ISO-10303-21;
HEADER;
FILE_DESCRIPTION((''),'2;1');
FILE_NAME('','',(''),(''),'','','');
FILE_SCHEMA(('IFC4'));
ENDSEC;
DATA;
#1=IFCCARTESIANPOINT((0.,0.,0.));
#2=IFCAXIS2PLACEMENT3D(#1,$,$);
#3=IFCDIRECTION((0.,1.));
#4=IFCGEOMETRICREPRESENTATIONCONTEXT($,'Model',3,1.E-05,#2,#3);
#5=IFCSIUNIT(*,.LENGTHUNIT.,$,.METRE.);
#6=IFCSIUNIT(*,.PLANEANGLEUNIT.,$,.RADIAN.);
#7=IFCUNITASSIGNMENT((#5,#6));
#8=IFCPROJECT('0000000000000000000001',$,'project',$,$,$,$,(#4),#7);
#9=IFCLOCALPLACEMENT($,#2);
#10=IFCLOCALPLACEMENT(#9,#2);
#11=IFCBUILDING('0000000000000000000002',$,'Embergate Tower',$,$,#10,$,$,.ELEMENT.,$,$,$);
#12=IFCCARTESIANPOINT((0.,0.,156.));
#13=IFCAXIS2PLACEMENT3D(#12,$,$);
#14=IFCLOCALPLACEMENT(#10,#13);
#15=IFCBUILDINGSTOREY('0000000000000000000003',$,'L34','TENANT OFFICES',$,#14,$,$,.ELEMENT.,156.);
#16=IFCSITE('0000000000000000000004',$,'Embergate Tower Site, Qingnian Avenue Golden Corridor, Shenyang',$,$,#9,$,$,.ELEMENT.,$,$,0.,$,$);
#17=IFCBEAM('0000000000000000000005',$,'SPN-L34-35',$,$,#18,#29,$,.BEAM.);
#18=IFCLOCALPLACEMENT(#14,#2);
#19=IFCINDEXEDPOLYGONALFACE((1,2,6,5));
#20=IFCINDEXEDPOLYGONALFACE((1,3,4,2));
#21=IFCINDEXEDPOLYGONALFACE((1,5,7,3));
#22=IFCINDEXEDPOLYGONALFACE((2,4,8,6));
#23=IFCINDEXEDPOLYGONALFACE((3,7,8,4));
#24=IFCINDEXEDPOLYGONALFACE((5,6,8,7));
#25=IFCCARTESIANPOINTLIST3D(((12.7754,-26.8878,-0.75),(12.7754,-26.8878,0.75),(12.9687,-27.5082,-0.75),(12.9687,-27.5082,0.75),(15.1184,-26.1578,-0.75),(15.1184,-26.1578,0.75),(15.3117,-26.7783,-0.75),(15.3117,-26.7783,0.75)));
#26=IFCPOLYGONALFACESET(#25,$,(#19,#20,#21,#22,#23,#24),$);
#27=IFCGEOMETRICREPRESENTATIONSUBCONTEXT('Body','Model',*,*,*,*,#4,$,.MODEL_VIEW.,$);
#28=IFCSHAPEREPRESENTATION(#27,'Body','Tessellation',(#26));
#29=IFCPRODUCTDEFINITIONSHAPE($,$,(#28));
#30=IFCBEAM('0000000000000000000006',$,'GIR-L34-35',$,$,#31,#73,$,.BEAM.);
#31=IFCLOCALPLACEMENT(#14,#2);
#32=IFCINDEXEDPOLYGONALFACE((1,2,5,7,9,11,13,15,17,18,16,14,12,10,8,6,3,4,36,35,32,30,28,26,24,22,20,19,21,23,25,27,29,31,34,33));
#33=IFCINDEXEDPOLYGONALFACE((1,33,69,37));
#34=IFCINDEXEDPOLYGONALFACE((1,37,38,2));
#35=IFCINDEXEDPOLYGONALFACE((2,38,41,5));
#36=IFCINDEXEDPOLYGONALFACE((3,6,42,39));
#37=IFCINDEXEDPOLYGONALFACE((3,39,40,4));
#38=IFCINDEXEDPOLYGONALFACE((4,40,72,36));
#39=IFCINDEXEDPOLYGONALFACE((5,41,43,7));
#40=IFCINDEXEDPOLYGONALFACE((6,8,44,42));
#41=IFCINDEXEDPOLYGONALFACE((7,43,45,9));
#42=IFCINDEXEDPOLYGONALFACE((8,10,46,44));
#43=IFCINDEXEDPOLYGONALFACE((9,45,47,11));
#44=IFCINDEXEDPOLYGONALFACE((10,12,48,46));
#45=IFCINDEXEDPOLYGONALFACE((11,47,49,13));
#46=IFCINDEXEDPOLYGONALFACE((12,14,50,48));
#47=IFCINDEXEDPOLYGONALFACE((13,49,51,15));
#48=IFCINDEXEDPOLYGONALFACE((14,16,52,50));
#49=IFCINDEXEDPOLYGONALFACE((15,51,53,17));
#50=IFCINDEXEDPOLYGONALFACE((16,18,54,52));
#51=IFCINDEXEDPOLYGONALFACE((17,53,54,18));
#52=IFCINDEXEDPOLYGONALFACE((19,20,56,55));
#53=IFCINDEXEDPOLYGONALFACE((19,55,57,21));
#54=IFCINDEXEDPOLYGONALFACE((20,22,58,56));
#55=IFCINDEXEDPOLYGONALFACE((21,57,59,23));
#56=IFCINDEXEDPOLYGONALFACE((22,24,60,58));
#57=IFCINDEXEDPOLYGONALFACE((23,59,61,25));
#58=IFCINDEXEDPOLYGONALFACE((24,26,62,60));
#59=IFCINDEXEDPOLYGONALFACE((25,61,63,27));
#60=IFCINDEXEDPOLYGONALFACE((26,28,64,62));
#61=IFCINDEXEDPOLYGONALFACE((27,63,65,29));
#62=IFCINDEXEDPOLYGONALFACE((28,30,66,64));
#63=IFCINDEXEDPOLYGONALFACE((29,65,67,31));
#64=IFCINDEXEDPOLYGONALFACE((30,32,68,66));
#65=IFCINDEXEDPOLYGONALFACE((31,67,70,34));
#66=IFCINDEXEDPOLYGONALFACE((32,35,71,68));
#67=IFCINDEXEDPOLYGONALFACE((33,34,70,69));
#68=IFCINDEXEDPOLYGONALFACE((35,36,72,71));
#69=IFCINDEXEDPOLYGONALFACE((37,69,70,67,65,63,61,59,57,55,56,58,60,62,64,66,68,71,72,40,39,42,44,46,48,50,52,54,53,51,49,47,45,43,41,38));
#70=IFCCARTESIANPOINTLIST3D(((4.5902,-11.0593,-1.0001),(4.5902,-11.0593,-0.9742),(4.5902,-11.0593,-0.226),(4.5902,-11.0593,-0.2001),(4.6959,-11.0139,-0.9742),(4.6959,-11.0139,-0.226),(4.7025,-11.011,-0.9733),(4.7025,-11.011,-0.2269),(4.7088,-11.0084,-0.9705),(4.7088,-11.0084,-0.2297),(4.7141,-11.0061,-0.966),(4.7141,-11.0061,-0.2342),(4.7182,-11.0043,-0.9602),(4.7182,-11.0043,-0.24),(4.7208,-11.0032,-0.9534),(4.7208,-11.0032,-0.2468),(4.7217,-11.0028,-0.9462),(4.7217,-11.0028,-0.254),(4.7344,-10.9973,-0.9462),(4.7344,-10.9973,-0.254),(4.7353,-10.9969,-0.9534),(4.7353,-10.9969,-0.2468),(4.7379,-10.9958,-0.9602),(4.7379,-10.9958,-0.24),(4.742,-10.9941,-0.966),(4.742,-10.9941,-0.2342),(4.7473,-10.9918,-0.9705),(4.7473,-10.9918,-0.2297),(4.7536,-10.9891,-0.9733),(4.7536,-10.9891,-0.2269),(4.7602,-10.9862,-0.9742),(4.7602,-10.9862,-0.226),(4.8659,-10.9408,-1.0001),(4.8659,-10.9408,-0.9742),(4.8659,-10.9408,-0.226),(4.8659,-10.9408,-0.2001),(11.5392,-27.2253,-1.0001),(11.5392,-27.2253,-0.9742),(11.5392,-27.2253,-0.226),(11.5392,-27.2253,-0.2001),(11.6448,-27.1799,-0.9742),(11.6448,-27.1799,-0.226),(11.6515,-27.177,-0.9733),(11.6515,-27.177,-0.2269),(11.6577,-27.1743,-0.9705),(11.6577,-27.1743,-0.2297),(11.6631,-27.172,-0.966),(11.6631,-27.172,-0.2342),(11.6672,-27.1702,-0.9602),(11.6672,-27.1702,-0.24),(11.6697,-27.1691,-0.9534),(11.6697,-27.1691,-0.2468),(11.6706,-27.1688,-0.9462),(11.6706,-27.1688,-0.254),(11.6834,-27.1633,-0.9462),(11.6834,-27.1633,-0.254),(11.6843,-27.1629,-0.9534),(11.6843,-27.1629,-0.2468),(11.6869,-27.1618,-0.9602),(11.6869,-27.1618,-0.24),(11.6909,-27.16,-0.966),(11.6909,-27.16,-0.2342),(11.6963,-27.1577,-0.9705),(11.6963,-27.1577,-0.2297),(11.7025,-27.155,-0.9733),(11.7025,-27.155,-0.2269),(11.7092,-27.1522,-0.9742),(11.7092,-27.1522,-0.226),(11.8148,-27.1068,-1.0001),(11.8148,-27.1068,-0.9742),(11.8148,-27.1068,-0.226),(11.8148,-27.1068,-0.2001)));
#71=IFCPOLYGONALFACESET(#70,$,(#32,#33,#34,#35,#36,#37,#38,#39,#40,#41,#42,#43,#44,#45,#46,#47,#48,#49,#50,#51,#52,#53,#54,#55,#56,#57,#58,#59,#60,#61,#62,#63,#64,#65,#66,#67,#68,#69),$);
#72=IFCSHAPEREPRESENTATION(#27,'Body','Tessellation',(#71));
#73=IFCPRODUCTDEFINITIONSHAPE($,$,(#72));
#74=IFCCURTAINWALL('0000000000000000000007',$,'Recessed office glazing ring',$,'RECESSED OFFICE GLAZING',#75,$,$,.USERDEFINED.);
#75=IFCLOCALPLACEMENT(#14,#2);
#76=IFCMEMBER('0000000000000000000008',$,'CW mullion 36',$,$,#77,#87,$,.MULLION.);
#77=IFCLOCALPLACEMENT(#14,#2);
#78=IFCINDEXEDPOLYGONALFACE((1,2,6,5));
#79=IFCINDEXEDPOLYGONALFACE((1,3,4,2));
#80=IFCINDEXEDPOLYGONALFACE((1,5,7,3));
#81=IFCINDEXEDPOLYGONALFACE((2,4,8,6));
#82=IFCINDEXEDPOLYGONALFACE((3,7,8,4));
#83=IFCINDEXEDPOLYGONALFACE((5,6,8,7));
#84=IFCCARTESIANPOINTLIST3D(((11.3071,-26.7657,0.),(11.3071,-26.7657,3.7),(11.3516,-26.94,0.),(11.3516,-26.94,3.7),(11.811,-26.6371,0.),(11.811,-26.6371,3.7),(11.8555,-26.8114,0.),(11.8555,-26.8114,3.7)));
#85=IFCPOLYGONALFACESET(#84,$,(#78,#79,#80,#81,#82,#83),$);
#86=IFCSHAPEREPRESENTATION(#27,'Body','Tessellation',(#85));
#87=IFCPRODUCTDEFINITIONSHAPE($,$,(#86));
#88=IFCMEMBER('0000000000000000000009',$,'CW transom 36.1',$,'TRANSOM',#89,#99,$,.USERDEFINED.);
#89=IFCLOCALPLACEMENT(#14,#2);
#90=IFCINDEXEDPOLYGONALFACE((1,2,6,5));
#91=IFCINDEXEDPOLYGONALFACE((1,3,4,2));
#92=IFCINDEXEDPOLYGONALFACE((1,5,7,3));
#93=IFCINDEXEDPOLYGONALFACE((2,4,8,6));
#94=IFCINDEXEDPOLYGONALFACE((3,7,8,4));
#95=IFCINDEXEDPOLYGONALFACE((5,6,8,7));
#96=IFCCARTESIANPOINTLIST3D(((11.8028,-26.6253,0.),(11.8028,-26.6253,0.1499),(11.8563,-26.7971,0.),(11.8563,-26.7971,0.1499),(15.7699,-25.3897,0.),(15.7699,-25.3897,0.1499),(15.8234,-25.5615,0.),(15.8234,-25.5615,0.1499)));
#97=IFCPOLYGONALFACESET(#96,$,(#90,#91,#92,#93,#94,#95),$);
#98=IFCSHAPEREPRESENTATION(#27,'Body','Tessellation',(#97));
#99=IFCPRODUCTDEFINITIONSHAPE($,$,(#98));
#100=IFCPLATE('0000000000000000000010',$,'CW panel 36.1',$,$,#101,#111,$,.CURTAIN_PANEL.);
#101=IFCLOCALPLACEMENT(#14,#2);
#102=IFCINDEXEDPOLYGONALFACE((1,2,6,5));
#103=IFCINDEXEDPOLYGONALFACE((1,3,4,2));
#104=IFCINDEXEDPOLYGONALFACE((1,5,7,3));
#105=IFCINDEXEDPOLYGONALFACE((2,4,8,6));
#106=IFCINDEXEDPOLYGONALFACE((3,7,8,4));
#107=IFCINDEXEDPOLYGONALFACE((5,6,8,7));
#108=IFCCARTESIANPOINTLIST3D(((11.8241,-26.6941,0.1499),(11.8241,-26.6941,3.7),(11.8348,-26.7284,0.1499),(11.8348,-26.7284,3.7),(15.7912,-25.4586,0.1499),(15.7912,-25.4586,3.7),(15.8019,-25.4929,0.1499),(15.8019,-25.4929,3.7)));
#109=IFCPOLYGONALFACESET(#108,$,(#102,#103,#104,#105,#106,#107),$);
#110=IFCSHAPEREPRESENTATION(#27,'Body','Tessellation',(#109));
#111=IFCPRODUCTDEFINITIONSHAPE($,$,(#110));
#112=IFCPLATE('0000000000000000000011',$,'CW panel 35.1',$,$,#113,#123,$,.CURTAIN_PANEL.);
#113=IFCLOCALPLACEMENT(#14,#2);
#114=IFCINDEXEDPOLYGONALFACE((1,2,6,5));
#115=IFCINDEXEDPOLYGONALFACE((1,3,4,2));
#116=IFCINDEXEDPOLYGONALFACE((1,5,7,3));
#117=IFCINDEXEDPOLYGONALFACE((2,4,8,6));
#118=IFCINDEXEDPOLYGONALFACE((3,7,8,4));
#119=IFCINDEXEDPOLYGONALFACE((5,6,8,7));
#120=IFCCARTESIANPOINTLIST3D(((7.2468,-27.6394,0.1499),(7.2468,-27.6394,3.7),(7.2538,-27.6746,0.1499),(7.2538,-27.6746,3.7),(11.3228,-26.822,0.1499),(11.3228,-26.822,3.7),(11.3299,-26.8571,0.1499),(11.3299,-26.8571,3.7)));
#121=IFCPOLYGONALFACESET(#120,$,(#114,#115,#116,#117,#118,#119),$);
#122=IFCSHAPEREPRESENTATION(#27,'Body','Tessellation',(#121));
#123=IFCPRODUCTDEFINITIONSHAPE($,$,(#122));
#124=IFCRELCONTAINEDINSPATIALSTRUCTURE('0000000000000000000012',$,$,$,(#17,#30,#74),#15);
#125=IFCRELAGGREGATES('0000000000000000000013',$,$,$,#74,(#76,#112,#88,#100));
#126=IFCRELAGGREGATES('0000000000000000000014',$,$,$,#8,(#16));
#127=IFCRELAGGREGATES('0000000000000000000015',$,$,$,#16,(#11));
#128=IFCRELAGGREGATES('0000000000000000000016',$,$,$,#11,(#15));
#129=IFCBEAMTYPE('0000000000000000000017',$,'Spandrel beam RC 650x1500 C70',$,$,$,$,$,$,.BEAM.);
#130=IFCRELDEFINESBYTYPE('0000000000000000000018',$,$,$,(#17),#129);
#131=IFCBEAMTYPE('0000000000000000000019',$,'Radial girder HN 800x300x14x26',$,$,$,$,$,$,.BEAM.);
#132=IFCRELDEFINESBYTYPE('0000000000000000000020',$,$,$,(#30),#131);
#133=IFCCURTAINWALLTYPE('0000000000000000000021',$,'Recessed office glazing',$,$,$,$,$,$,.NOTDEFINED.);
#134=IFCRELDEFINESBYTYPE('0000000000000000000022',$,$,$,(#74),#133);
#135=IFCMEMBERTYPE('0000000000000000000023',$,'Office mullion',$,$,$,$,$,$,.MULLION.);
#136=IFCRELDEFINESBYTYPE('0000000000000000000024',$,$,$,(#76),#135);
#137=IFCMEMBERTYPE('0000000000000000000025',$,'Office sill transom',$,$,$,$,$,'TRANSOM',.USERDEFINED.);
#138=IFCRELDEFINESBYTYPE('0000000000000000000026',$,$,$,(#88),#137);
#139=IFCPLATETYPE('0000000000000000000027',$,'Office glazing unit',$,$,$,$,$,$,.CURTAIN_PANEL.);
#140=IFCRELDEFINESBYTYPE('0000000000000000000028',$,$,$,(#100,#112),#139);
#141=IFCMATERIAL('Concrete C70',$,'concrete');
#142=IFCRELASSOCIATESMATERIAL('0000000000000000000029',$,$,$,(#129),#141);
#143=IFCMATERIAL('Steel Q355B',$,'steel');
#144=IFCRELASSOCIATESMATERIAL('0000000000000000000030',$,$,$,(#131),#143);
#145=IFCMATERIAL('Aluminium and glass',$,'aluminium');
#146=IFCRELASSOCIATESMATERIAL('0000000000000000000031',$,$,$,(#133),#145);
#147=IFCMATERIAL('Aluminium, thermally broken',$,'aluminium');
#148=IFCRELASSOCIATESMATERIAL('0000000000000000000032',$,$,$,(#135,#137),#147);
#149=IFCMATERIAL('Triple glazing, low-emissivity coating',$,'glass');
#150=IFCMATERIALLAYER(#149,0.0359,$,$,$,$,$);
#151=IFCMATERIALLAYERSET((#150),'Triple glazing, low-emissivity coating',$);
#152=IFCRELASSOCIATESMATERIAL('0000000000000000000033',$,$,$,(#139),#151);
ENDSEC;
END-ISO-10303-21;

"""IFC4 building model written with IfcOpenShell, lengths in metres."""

from ifc_helpers import new_model, si_unit, direction, frame, origin, origin_2d, place, context, subcontext, project, spatial, rectangle, i_section, extrude, source, transform, mapped, material, layer, layer_set, material_profile, profile_set, type_object, element, aggregate, save


model = new_model("IFC4")

# Units and contexts
model_context = context("Model", 3, precision=1e-05, world=origin(), true_north=direction((0.0, 1.0)))
body_context = subcontext(model_context, "Body", "Model", "MODEL_VIEW")
ifc_project = project(units=[si_unit("LENGTHUNIT", "METRE"), si_unit("PLANEANGLEUNIT", "RADIAN")], contexts=[model_context])

# Site, building, storey
site_placement = place(None, origin())
site = spatial("IfcSite", under=ifc_project, at=site_placement, Name="Embergate Tower Site, Qingnian Avenue Golden Corridor, Shenyang", CompositionType="ELEMENT", RefElevation=0.0)
building_placement = place(site_placement, origin())
building = spatial("IfcBuilding", under=site, at=building_placement, Name="Embergate Tower", CompositionType="ELEMENT")
storey_placement = place(building_placement, frame((0.0, 0.0, 156.0)))
storey = spatial("IfcBuildingStorey", under=building, at=storey_placement, Name="L34", Description="TENANT OFFICES", CompositionType="ELEMENT", Elevation=156.0)

# Beams
ifc_material_1 = material(Name="Concrete C70", Category="concrete")
ifc_material_profile_1 = material_profile(ifc_material_1, rectangle(XDim=0.6499, YDim=1.5, at=origin_2d()), Name="RC 650x1500")
ifc_profile_set_1 = profile_set([ifc_material_profile_1], Name="Concrete C70")
beam_type_1 = type_object("IfcBeamType", Name="Spandrel beam RC 650x1500 C70", PredefinedType="BEAM", material=ifc_profile_set_1)
shared_shape_1 = source(origin(), body_context, "Body", "SweptSolid", [
    extrude(rectangle(XDim=0.6499, YDim=1.5, at=origin_2d()), origin(), (0.0, 0.0, 1.0), 2.4541),
])
beam_1_placement = place(storey_placement, frame((12.8721, -27.198, 0.0), z_axis=(0.954736, 0.297454, 0.0), x_axis=(-0.297454, 0.954736, 0.0)))
element("IfcBeam", 1, at=beam_1_placement, inside=storey, type_object=beam_type_1, Name="SPN-L34-35", PredefinedType="BEAM", context=body_context, shape_type="MappedRepresentation", body=[
    mapped(shared_shape_1, transform((0.0, 0.0, 0.0))),
])
ifc_material_2 = material(Name="Steel Q355B", Category="steel")
ifc_material_profile_2 = material_profile(ifc_material_2, i_section(OverallWidth=0.3, OverallDepth=0.8, WebThickness=0.0139, FlangeThickness=0.0259, FilletRadius=0.0281, at=origin_2d()), Name="HN 800x300x14x26")
ifc_profile_set_2 = profile_set([ifc_material_profile_2], Name="Steel Q355 grade B")
beam_type_2 = type_object("IfcBeamType", Name="Radial girder HN 800x300x14x26", PredefinedType="BEAM", material=ifc_profile_set_2)
shared_shape_2 = source(origin(), body_context, "Body", "SweptSolid", [
    extrude(i_section(OverallWidth=0.3, OverallDepth=0.8, WebThickness=0.0139, FlangeThickness=0.0259, FilletRadius=0.0281, at=origin_2d()), origin(), (0.0, 0.0, 1.0), 17.5962),
])
beam_2_placement = place(storey_placement, frame((11.677, -27.166, -0.6001), z_axis=(-0.394912, 0.918719, 0.0), x_axis=(-0.918719, -0.394912, 0.0)))
element("IfcBeam", 2, at=beam_2_placement, inside=storey, type_object=beam_type_2, Name="GIR-L34-35", PredefinedType="BEAM", context=body_context, shape_type="MappedRepresentation", body=[
    mapped(shared_shape_2, transform((0.0, 0.0, 0.0))),
])

# Curtain wall, members, plates
ifc_material_3 = material(Name="Aluminium and glass", Category="aluminium")
curtain_wall_type = type_object("IfcCurtainWallType", Name="Recessed office glazing", PredefinedType="NOTDEFINED", material=ifc_material_3)
curtain_wall_placement = place(storey_placement, origin())
curtain_wall = element("IfcCurtainWall", 3, at=curtain_wall_placement, inside=storey, type_object=curtain_wall_type, Name="Recessed office glazing ring", ObjectType="RECESSED OFFICE GLAZING", PredefinedType="USERDEFINED")
ifc_material_4 = material(Name="Aluminium, thermally broken", Category="aluminium")
ifc_material_profile_3 = material_profile(ifc_material_4, rectangle(XDim=0.1799, YDim=0.52, at=origin_2d()), Name="AL 520x180")
ifc_profile_set_3 = profile_set([ifc_material_profile_3], Name="Aluminium, thermally broken")
member_type_1 = type_object("IfcMemberType", Name="Office mullion", PredefinedType="MULLION", material=ifc_profile_set_3)
shared_shape_3 = source(origin(), body_context, "Body", "SweptSolid", [
    extrude(rectangle(XDim=0.1799, YDim=0.52, at=origin_2d()), origin(), (0.0, 0.0, 1.0), 3.7),
])
member_1_placement = place(storey_placement, frame((11.5813, -26.7886, 0.0), z_axis=(0.0, 0.0, 1.0), x_axis=(-0.247312, 0.968936, 0.0)))
member_1 = element("IfcMember", 4, at=member_1_placement, type_object=member_type_1, Name="CW mullion 36", PredefinedType="MULLION", context=body_context, shape_type="MappedRepresentation", body=[
    mapped(shared_shape_3, transform((0.0, 0.0, 0.0))),
])
ifc_material_profile_4 = material_profile(ifc_material_4, rectangle(XDim=0.1799, YDim=0.1499, at=origin_2d()), Name="AL 150x180")
ifc_profile_set_4 = profile_set([ifc_material_profile_4], Name="Aluminium, thermally broken")
member_type_2 = type_object("IfcMemberType", Name="Office sill transom", ElementType="TRANSOM", PredefinedType="USERDEFINED", material=ifc_profile_set_4)
shared_shape_4 = source(origin(), body_context, "Body", "SweptSolid", [
    extrude(rectangle(XDim=0.1799, YDim=0.1499, at=origin_2d()), origin(), (0.0, 0.0, 1.0), 4.155),
])
member_2_placement = place(storey_placement, frame((11.8296, -26.7112, 0.075), z_axis=(0.954761, 0.297375, 0.0), x_axis=(-0.297375, 0.954761, 0.0)))
member_2 = element("IfcMember", 5, at=member_2_placement, type_object=member_type_2, Name="CW transom 36.1", ObjectType="TRANSOM", PredefinedType="USERDEFINED", context=body_context, shape_type="MappedRepresentation", body=[
    mapped(shared_shape_4, transform((0.0, 0.0, 0.0))),
])
ifc_material_5 = material(Name="Triple glazing, low-emissivity coating", Category="glass")
ifc_layer_1 = layer(ifc_material_5, 0.0359)
ifc_layer_set_1 = layer_set([ifc_layer_1], Name="Triple glazing, low-emissivity coating")
plate_type = type_object("IfcPlateType", Name="Office glazing unit", PredefinedType="CURTAIN_PANEL", material=ifc_layer_set_1)
shared_shape_5 = source(origin(), body_context, "Body", "SweptSolid", [
    extrude(rectangle(XDim=4.155, YDim=0.0359, at=origin_2d()), origin(), (0.0, 0.0, 1.0), 3.55),
])
plate_1_placement = place(storey_placement, frame((13.813, -26.0935, 0.1499), z_axis=(0.0, 0.0, 1.0), x_axis=(0.954772, 0.297338, 0.0)))
plate_1 = element("IfcPlate", 6, at=plate_1_placement, type_object=plate_type, Name="CW panel 36.1", PredefinedType="CURTAIN_PANEL", context=body_context, shape_type="MappedRepresentation", body=[
    mapped(shared_shape_5, transform((0.0, 0.0, 0.0))),
])
shared_shape_6 = source(origin(), body_context, "Body", "SweptSolid", [
    extrude(rectangle(XDim=4.1572, YDim=0.0359, at=origin_2d()), origin(), (0.0, 0.0, 1.0), 3.55),
])
plate_2_placement = place(storey_placement, frame((9.2883, -27.2483, 0.1499), z_axis=(0.0, 0.0, 1.0), x_axis=(0.980476, 0.196639, 0.0)))
plate_2 = element("IfcPlate", 7, at=plate_2_placement, type_object=plate_type, Name="CW panel 35.1", PredefinedType="CURTAIN_PANEL", context=body_context, shape_type="MappedRepresentation", body=[
    mapped(shared_shape_6, transform((0.0, 0.0, 0.0))),
])
aggregate(curtain_wall, [member_1, plate_2, member_2, plate_1])

save(model, "model.ifc")
